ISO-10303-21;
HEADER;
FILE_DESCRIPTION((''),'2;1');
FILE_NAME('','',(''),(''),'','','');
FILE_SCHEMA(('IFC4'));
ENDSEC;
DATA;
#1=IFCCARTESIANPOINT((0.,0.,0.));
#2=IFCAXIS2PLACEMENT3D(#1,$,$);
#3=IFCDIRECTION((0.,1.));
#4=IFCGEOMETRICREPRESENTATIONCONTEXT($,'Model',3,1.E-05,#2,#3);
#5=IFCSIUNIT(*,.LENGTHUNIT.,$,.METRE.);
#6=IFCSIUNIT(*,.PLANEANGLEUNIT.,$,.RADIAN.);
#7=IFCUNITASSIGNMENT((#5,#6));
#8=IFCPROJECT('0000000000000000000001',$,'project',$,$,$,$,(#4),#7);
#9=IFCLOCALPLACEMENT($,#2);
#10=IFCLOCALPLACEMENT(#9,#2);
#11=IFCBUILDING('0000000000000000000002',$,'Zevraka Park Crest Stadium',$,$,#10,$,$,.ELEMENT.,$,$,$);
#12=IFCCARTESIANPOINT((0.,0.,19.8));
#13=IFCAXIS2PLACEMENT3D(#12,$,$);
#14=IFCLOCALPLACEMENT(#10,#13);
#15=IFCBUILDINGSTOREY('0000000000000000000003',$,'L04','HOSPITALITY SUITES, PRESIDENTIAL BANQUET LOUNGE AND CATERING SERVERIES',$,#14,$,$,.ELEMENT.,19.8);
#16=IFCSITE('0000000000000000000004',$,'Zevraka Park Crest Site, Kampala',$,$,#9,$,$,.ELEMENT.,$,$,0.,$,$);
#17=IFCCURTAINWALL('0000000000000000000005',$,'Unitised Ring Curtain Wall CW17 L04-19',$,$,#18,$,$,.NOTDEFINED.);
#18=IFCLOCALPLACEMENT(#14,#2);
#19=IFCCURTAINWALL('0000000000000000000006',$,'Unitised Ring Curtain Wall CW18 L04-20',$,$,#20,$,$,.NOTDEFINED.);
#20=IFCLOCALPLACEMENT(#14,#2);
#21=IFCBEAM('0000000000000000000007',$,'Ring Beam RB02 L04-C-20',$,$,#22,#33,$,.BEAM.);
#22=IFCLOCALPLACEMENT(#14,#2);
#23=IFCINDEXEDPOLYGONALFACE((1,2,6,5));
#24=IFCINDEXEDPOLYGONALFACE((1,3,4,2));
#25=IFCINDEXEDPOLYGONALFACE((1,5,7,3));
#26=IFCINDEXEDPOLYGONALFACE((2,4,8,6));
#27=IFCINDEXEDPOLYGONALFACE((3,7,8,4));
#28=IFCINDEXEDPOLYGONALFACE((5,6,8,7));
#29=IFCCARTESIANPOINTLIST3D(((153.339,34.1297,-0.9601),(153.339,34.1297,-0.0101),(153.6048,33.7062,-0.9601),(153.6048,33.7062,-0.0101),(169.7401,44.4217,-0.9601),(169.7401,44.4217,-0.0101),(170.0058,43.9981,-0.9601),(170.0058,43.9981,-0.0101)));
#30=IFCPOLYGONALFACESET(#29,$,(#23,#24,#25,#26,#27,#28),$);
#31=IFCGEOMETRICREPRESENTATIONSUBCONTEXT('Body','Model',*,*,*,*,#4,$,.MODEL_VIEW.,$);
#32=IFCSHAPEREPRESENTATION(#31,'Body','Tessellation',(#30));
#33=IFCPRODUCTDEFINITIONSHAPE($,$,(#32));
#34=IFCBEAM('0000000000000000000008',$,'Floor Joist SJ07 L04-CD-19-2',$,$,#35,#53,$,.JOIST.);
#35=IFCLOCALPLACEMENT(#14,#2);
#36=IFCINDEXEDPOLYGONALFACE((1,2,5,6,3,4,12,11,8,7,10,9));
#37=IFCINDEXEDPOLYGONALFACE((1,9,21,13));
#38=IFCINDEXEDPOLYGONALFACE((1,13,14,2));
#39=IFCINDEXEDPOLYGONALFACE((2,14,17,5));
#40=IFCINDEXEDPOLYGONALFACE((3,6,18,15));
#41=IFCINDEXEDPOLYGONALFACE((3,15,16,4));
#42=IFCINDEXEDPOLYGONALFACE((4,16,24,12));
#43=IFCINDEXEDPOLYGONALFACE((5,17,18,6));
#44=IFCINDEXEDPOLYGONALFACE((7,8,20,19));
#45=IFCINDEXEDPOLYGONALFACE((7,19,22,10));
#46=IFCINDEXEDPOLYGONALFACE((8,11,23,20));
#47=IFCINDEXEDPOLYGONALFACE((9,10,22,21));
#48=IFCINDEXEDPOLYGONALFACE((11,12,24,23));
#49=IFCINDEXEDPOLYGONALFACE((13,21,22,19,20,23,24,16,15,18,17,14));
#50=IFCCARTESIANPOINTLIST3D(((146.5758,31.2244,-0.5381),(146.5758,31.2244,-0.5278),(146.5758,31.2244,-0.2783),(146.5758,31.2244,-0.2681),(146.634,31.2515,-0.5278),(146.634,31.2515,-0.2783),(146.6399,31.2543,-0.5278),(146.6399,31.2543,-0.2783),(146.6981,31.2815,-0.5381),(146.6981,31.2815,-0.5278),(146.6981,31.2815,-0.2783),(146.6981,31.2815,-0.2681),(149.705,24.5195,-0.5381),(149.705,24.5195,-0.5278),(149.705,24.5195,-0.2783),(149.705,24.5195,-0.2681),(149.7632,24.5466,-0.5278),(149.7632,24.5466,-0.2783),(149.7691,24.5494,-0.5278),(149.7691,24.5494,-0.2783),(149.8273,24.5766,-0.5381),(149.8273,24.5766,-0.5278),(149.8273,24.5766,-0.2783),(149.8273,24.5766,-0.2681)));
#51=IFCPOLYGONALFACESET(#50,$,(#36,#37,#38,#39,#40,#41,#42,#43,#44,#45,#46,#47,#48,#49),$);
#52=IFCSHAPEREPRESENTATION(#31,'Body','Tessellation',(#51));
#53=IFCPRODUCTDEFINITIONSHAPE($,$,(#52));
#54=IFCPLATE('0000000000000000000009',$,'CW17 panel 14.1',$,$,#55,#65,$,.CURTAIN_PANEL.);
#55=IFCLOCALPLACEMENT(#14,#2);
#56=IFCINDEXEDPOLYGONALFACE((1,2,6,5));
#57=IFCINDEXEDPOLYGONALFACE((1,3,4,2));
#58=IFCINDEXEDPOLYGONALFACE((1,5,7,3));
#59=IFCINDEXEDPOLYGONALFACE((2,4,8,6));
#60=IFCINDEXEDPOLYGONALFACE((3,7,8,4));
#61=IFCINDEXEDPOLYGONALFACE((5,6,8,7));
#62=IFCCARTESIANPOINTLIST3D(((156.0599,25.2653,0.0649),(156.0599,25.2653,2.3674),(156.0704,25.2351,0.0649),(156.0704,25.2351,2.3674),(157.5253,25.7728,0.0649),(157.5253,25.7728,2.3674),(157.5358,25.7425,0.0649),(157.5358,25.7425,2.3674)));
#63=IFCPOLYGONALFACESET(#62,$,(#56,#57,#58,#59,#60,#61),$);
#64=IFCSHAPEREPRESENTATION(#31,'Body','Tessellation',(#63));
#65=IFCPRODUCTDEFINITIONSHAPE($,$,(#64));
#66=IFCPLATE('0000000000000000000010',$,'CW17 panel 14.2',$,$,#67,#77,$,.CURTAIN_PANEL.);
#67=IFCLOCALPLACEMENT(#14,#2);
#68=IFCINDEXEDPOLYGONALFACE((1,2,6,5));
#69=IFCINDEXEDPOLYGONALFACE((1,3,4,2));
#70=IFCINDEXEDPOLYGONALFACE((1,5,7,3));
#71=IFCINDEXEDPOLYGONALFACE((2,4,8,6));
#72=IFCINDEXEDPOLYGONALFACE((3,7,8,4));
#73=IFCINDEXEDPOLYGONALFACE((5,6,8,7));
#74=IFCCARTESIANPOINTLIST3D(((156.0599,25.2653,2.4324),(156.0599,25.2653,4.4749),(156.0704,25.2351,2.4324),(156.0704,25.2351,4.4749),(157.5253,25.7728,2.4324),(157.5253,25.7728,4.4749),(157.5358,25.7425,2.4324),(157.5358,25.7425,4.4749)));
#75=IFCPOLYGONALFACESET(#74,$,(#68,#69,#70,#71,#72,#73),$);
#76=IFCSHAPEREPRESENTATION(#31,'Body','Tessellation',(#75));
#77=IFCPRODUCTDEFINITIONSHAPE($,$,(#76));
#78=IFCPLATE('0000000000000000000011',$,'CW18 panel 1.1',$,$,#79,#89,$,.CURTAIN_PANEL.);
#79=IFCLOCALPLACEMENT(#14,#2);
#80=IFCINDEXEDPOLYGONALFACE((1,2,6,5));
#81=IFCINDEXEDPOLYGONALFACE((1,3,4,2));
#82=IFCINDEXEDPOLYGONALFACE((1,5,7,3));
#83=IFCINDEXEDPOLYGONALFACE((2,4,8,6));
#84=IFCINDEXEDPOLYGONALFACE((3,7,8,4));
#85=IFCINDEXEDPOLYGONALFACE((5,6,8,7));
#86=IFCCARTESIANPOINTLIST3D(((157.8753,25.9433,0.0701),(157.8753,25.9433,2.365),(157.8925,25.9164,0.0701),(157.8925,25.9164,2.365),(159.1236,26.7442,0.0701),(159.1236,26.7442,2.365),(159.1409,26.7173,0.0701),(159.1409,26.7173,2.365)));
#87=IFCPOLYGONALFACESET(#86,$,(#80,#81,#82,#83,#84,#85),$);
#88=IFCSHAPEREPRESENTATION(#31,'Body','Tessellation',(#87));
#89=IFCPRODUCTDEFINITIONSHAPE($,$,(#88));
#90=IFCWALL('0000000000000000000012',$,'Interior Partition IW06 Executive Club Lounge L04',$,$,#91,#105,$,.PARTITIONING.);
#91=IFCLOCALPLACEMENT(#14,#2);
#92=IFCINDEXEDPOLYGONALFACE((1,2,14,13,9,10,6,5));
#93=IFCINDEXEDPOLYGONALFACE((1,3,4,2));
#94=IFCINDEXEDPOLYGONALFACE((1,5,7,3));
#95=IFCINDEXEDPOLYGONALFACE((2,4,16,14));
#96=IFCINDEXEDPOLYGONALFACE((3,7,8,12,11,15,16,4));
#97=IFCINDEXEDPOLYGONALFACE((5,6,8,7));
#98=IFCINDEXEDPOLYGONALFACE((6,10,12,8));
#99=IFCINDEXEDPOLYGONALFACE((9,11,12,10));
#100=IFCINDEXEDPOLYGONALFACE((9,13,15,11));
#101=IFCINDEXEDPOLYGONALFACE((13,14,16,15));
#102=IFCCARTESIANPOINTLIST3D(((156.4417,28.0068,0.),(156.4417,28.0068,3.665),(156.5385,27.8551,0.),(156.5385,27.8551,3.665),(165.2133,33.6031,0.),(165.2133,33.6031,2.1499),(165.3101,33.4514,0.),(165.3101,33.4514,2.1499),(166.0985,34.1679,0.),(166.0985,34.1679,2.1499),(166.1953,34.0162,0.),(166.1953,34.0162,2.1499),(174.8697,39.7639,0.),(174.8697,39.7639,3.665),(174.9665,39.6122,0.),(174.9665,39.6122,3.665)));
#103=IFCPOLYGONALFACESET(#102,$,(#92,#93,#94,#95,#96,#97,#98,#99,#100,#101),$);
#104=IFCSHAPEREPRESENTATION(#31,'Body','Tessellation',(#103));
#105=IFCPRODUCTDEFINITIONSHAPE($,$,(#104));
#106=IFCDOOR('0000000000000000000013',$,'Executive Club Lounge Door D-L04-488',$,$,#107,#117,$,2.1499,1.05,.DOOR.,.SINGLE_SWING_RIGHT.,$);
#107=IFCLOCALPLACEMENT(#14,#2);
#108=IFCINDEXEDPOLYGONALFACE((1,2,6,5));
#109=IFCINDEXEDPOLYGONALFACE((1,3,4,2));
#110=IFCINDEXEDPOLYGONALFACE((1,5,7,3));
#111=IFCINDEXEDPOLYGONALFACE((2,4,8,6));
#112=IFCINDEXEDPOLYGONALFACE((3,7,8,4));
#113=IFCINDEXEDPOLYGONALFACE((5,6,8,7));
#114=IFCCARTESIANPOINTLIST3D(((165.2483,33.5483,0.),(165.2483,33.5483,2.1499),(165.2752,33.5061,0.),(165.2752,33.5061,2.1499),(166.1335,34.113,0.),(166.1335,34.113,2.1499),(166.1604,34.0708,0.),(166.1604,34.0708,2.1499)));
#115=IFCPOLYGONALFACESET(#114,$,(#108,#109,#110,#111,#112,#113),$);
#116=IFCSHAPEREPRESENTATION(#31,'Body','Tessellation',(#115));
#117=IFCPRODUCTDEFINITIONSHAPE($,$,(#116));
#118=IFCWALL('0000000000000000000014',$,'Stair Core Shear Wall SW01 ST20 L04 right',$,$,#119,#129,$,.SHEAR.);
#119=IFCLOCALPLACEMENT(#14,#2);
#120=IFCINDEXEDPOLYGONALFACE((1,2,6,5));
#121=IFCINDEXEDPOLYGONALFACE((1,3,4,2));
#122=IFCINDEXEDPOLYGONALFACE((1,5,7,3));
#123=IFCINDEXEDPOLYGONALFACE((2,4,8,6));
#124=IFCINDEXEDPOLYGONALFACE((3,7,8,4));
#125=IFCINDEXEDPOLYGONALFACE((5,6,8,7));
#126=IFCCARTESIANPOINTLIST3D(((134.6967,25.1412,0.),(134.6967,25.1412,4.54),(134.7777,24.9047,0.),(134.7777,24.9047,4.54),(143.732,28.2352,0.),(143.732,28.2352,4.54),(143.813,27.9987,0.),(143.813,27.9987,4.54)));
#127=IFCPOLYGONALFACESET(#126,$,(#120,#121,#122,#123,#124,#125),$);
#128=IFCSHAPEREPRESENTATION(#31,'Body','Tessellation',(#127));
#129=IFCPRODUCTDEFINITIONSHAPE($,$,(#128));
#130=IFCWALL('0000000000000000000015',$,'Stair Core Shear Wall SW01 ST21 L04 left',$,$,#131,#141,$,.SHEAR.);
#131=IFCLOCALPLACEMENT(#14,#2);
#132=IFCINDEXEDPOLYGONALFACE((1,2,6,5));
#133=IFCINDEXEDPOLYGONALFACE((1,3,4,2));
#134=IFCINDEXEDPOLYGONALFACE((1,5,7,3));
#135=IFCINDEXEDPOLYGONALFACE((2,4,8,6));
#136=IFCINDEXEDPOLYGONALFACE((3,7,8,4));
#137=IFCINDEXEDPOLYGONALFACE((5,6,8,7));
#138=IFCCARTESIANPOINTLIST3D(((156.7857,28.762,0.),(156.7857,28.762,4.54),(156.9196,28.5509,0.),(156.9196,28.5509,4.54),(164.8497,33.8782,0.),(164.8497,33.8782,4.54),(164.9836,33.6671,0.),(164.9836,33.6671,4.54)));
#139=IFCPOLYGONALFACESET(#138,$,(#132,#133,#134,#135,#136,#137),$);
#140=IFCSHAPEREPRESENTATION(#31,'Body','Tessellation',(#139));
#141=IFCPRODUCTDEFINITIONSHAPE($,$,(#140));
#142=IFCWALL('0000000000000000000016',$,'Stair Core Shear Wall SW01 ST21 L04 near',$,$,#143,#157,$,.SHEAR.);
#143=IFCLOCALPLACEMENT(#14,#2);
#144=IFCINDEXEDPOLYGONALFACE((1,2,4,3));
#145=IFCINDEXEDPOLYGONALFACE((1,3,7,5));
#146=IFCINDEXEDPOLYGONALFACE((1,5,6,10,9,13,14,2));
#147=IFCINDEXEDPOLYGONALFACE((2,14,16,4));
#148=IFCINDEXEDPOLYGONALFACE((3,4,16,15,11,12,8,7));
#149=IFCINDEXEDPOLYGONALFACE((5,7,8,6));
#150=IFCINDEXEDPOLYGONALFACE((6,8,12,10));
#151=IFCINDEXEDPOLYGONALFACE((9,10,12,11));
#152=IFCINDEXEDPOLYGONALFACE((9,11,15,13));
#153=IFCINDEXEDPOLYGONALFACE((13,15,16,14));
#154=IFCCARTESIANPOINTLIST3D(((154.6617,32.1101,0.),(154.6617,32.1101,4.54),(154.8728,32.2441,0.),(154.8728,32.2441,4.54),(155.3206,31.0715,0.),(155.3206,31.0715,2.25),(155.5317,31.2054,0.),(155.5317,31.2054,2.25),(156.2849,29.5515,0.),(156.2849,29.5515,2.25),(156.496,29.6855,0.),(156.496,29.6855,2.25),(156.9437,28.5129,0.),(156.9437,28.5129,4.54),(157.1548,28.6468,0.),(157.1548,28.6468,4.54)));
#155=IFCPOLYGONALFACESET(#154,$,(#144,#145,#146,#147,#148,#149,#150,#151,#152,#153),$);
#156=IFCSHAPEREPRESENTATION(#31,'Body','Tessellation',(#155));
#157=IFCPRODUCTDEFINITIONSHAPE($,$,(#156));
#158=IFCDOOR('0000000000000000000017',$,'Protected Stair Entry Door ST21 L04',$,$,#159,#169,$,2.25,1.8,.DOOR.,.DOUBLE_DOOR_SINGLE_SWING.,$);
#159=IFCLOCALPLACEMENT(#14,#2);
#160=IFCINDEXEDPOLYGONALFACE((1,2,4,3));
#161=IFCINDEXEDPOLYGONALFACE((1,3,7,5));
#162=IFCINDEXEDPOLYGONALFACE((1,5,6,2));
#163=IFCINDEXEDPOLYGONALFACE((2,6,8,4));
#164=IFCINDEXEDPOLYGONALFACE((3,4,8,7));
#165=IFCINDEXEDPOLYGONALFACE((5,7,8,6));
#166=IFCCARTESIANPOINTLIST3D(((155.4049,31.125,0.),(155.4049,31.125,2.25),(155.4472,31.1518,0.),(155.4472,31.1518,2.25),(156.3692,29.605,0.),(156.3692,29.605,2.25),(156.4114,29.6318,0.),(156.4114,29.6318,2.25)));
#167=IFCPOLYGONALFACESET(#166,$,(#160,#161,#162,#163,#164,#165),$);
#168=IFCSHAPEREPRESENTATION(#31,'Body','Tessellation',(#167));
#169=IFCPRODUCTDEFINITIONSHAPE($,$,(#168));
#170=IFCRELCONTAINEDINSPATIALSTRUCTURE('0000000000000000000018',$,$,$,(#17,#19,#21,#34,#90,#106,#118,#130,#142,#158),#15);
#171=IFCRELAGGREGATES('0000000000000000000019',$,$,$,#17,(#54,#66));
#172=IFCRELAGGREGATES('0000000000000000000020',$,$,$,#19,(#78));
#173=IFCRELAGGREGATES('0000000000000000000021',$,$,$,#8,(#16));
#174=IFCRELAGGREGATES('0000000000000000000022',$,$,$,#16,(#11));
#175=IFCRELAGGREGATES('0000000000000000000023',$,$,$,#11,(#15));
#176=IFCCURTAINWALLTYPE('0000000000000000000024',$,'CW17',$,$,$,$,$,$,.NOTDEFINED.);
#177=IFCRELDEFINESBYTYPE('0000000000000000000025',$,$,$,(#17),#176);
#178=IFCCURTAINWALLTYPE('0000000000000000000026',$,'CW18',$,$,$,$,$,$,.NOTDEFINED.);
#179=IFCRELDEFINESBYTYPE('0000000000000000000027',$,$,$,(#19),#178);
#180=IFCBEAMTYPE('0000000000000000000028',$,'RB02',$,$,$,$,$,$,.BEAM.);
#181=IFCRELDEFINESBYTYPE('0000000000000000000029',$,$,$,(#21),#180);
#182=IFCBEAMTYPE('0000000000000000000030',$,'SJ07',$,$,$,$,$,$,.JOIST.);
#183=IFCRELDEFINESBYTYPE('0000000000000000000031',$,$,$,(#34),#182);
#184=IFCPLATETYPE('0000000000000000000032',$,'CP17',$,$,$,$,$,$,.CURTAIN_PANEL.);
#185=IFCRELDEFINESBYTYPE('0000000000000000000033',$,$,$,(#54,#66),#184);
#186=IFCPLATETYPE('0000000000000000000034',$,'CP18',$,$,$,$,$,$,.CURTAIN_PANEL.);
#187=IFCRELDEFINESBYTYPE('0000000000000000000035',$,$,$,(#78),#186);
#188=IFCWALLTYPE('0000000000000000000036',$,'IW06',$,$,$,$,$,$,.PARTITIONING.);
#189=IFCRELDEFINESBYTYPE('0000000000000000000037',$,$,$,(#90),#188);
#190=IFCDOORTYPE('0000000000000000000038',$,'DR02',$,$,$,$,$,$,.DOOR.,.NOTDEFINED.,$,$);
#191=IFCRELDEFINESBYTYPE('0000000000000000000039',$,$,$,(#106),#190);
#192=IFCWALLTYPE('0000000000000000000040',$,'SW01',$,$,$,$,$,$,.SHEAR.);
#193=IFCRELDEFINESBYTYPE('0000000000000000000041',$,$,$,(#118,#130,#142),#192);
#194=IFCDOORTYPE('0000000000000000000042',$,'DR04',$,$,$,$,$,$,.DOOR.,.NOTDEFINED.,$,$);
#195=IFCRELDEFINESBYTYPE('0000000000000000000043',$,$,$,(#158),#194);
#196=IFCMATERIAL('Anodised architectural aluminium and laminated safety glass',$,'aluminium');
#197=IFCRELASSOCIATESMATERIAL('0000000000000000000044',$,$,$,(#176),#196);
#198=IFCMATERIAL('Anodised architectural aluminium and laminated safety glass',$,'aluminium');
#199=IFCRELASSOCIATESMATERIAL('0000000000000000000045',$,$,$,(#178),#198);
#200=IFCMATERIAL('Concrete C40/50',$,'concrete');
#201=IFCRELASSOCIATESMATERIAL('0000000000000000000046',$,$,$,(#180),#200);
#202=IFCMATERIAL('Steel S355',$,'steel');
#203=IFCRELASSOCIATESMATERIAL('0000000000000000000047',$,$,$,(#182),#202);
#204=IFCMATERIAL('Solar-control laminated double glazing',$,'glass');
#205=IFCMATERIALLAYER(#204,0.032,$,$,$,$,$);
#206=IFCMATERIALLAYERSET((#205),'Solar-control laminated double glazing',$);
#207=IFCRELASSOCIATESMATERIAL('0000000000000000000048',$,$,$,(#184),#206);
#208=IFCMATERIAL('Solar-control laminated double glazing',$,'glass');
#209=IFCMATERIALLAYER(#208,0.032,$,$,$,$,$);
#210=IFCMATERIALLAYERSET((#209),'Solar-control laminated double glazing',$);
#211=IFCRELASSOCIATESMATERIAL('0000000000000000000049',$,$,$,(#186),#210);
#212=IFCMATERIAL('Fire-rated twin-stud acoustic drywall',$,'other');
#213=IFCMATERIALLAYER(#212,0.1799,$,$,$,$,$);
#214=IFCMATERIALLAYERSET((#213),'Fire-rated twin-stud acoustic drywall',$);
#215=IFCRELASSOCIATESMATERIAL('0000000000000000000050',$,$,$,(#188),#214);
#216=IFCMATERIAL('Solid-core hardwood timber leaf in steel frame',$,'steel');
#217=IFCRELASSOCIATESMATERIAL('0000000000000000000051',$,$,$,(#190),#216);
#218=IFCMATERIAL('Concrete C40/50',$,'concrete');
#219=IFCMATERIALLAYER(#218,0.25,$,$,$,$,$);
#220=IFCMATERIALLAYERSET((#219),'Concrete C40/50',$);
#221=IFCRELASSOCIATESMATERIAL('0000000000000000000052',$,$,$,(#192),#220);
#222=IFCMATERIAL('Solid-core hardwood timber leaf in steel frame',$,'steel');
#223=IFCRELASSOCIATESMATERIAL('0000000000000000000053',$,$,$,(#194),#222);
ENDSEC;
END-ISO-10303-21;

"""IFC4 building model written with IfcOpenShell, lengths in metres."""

from ifc_helpers import new_model, si_unit, direction, frame, frame_2d, origin, origin_2d, place, context, subcontext, project, spatial, rectangle, i_section, extrude, material, layer, layer_set, material_profile, profile_set, type_object, element, fill, aggregate, save


model = new_model("IFC4")

# Units and contexts
model_context = context("Model", 3, precision=1e-05, world=origin(), true_north=direction((0.0, 1.0)))
body_context = subcontext(model_context, "Body", "Model", "MODEL_VIEW")
ifc_project = project(units=[si_unit("LENGTHUNIT", "METRE"), si_unit("PLANEANGLEUNIT", "RADIAN")], contexts=[model_context])

# Site, building, storey
site_placement = place(None, origin())
site = spatial("IfcSite", under=ifc_project, at=site_placement, Name="Zevraka Park Crest Site, Kampala", CompositionType="ELEMENT", RefElevation=0.0)
building_placement = place(site_placement, origin())
building = spatial("IfcBuilding", under=site, at=building_placement, Name="Zevraka Park Crest Stadium", CompositionType="ELEMENT")
storey_placement = place(building_placement, frame((0.0, 0.0, 19.8)))
storey = spatial("IfcBuildingStorey", under=building, at=storey_placement, Name="L04", Description="HOSPITALITY SUITES, PRESIDENTIAL BANQUET LOUNGE AND CATERING SERVERIES", CompositionType="ELEMENT", Elevation=19.8)

# Curtain wall
ifc_material_1 = material(Name="Anodised architectural aluminium and laminated safety glass", Category="aluminium")
curtain_wall_type_1 = type_object("IfcCurtainWallType", Name="CW17", PredefinedType="NOTDEFINED", material=ifc_material_1)
curtain_wall_1_placement = place(storey_placement, origin())
curtain_wall_1 = element("IfcCurtainWall", 1, at=curtain_wall_1_placement, inside=storey, type_object=curtain_wall_type_1, Name="Unitised Ring Curtain Wall CW17 L04-19", PredefinedType="NOTDEFINED")

# Curtain wall
ifc_material_2 = material(Name="Anodised architectural aluminium and laminated safety glass", Category="aluminium")
curtain_wall_type_2 = type_object("IfcCurtainWallType", Name="CW18", PredefinedType="NOTDEFINED", material=ifc_material_2)
curtain_wall_2_placement = place(storey_placement, origin())
curtain_wall_2 = element("IfcCurtainWall", 2, at=curtain_wall_2_placement, inside=storey, type_object=curtain_wall_type_2, Name="Unitised Ring Curtain Wall CW18 L04-20", PredefinedType="NOTDEFINED")

# Beams
ifc_material_3 = material(Name="Concrete C40/50", Category="concrete")
ifc_material_profile_1 = material_profile(ifc_material_3, rectangle(XDim=0.5, YDim=0.95, at=origin_2d()), Name="RC 950x500")
ifc_profile_set_1 = profile_set([ifc_material_profile_1], Name="Concrete C40/50")
beam_type_1 = type_object("IfcBeamType", Name="RB02", PredefinedType="BEAM", material=ifc_profile_set_1)
beam_1_placement = place(storey_placement, frame((153.4719, 33.918, -0.4851), z_axis=(0.847039, 0.531532, 0.0), x_axis=(-0.531532, 0.847039, 0.0)))
element("IfcBeam", 3, at=beam_1_placement, inside=storey, type_object=beam_type_1, Name="Ring Beam RB02 L04-C-20", PredefinedType="BEAM", context=body_context, shape_type="SweptSolid", body=[
    extrude(rectangle(XDim=0.5, YDim=0.95, at=origin_2d()), origin(), (0.0, 0.0, 1.0), 19.3628),
])
ifc_material_4 = material(Name="Steel S355", Category="steel")
ifc_material_profile_2 = material_profile(ifc_material_4, i_section(OverallWidth=0.135, OverallDepth=0.27, WebThickness=0.0066, FlangeThickness=0.0103, at=origin_2d()), Name="IPE 270")
ifc_profile_set_2 = profile_set([ifc_material_profile_2], Name="Steel S355")
beam_type_2 = type_object("IfcBeamType", Name="SJ07", PredefinedType="JOIST", material=ifc_profile_set_2)
beam_2_placement = place(storey_placement, frame((146.637, 31.2529, -0.4031), z_axis=(0.422911, -0.906171, 0.0), x_axis=(0.906171, 0.422911, 0.0)))
element("IfcBeam", 4, at=beam_2_placement, inside=storey, type_object=beam_type_2, Name="Floor Joist SJ07 L04-CD-19-2", PredefinedType="JOIST", context=body_context, shape_type="SweptSolid", body=[
    extrude(i_section(OverallWidth=0.135, OverallDepth=0.27, WebThickness=0.0066, FlangeThickness=0.0103, at=origin_2d()), origin(), (0.0, 0.0, 1.0), 7.3992),
])

# Plates
ifc_material_5 = material(Name="Solar-control laminated double glazing", Category="glass")
ifc_layer_1 = layer(ifc_material_5, 0.032)
ifc_layer_set_1 = layer_set([ifc_layer_1], Name="Solar-control laminated double glazing")
plate_type_1 = type_object("IfcPlateType", Name="CP17", PredefinedType="CURTAIN_PANEL", material=ifc_layer_set_1)
plate_1_placement = place(storey_placement, frame((156.7979, 25.5039, 0.0649), z_axis=(0.0, 0.0, 1.0), x_axis=(0.94494, 0.327245, 0.0)))
plate_1 = element("IfcPlate", 5, at=plate_1_placement, type_object=plate_type_1, Name="CW17 panel 14.1", PredefinedType="CURTAIN_PANEL", context=body_context, shape_type="SweptSolid", body=[
    extrude(rectangle(XDim=1.5508, YDim=0.032, at=origin_2d()), origin(), (0.0, 0.0, 1.0), 2.3025),
])
plate_2_placement = place(storey_placement, frame((156.7979, 25.5039, 2.4324), z_axis=(0.0, 0.0, 1.0), x_axis=(0.94494, 0.327245, 0.0)))
plate_2 = element("IfcPlate", 6, at=plate_2_placement, type_object=plate_type_1, Name="CW17 panel 14.2", PredefinedType="CURTAIN_PANEL", context=body_context, shape_type="SweptSolid", body=[
    extrude(rectangle(XDim=1.5508, YDim=0.032, at=origin_2d()), origin(), (0.0, 0.0, 1.0), 2.0425),
])
aggregate(curtain_wall_1, [plate_1, plate_2])
ifc_material_6 = material(Name="Solar-control laminated double glazing", Category="glass")
ifc_layer_2 = layer(ifc_material_6, 0.032)
ifc_layer_set_2 = layer_set([ifc_layer_2], Name="Solar-control laminated double glazing")
plate_type_2 = type_object("IfcPlateType", Name="CP18", PredefinedType="CURTAIN_PANEL", material=ifc_layer_set_2)
plate_3_placement = place(storey_placement, frame((158.5081, 26.3303, 0.0701), z_axis=(0.0, 0.0, 1.0), x_axis=(0.841678, 0.53998, 0.0)))
plate_3 = element("IfcPlate", 7, at=plate_3_placement, type_object=plate_type_2, Name="CW18 panel 1.1", PredefinedType="CURTAIN_PANEL", context=body_context, shape_type="SweptSolid", body=[
    extrude(rectangle(XDim=1.4832, YDim=0.032, at=origin_2d()), origin(), (0.0, 0.0, 1.0), 2.2949),
])
aggregate(curtain_wall_2, [plate_3])

# Wall, opening, door
ifc_material_7 = material(Name="Fire-rated twin-stud acoustic drywall", Category="other")
ifc_layer_3 = layer(ifc_material_7, 0.1799)
ifc_layer_set_3 = layer_set([ifc_layer_3], Name="Fire-rated twin-stud acoustic drywall")
wall_type_1 = type_object("IfcWallType", Name="IW06", PredefinedType="PARTITIONING", material=ifc_layer_set_3)
wall_1_placement = place(storey_placement, frame((156.49, 27.9309, 0.0), z_axis=(0.0, 0.0, 1.0), x_axis=(0.843035, 0.537858, 0.0)))
wall_1 = element("IfcWall", 8, at=wall_1_placement, inside=storey, type_object=wall_type_1, Name="Interior Partition IW06 Executive Club Lounge L04", PredefinedType="PARTITIONING", context=body_context, shape_type="SweptSolid", body=[
    extrude(rectangle(XDim=21.8591, YDim=0.1799, at=frame_2d((10.9297, 0.0))), origin(), (0.0, 0.0, 1.0), 3.665),
])
opening_1_placement = place(wall_1_placement, frame((10.405, 0.0, 0.0)))
opening_1 = element("IfcOpeningElement", 9, at=opening_1_placement, cuts=wall_1, PredefinedType="OPENING", context=body_context, shape_type="SweptSolid", body=[
    extrude(rectangle(XDim=1.05, YDim=2.1499, at=frame_2d((0.5249, 1.075))), frame((0.0, 0.0999, 0.0), z_axis=(0.0, -1.0, 0.0), x_axis=(1.0, 0.0, 0.0)), (0.0, 0.0, 1.0), 0.2),
])
ifc_material_8 = material(Name="Solid-core hardwood timber leaf in steel frame", Category="steel")
door_type_1 = type_object("IfcDoorType", Name="DR02", OperationType="NOTDEFINED", PredefinedType="DOOR", material=ifc_material_8)
door_1_placement = place(opening_1_placement, origin())
door_1 = element("IfcDoor", 10, at=door_1_placement, inside=storey, type_object=door_type_1, Name="Executive Club Lounge Door D-L04-488", OperationType="SINGLE_SWING_RIGHT", OverallHeight=2.1499, OverallWidth=1.05, PredefinedType="DOOR", context=body_context, shape_type="SweptSolid", body=[
    extrude(rectangle(XDim=1.05, YDim=2.1499, at=frame_2d((0.5249, 1.075))), frame((0.0, 0.0249, 0.0), z_axis=(0.0, -1.0, 0.0), x_axis=(1.0, 0.0, 0.0)), (0.0, 0.0, 1.0), 0.05),
])
fill(opening_1, door_1)

# Walls
ifc_material_9 = material(Name="Concrete C40/50", Category="concrete")
ifc_layer_4 = layer(ifc_material_9, 0.25)
ifc_layer_set_4 = layer_set([ifc_layer_4], Name="Concrete C40/50")
wall_type_2 = type_object("IfcWallType", Name="SW01", PredefinedType="SHEAR", material=ifc_layer_set_4)
wall_2_placement = place(storey_placement, frame((143.7725, 28.1169, 0.0), z_axis=(0.0, 0.0, 1.0), x_axis=(-0.946067, -0.323971, 0.0)))
element("IfcWall", 11, at=wall_2_placement, inside=storey, type_object=wall_type_2, Name="Stair Core Shear Wall SW01 ST20 L04 right", PredefinedType="SHEAR", context=body_context, shape_type="SweptSolid", body=[
    extrude(rectangle(XDim=9.5503, YDim=0.25, at=frame_2d((4.7751, 0.0))), origin(), (0.0, 0.0, 1.0), 4.54),
])
wall_3_placement = place(storey_placement, frame((156.8528, 28.6565, 0.0), z_axis=(0.0, 0.0, 1.0), x_axis=(0.844391, 0.535727, 0.0)))
element("IfcWall", 12, at=wall_3_placement, inside=storey, type_object=wall_type_2, Name="Stair Core Shear Wall SW01 ST21 L04 left", PredefinedType="SHEAR", context=body_context, shape_type="SweptSolid", body=[
    extrude(rectangle(XDim=9.55, YDim=0.25, at=frame_2d((4.7749, 0.0))), origin(), (0.0, 0.0, 1.0), 4.54),
])

# Wall, opening, door
wall_4_placement = place(storey_placement, frame((154.7673, 32.177, 0.0), z_axis=(0.0, 0.0, 1.0), x_axis=(0.535685, -0.844418, 0.0)))
wall_4 = element("IfcWall", 13, at=wall_4_placement, inside=storey, type_object=wall_type_2, Name="Stair Core Shear Wall SW01 ST21 L04 near", PredefinedType="SHEAR", context=body_context, shape_type="SweptSolid", body=[
    extrude(rectangle(XDim=4.26, YDim=0.25, at=frame_2d((2.1299, 0.0))), origin(), (0.0, 0.0, 1.0), 4.54),
])
opening_2_placement = place(wall_4_placement, frame((1.23, 0.0, 0.0)))
opening_2 = element("IfcOpeningElement", 14, at=opening_2_placement, cuts=wall_4, PredefinedType="OPENING", context=body_context, shape_type="SweptSolid", body=[
    extrude(rectangle(XDim=1.8, YDim=2.25, at=frame_2d((0.8999, 1.125))), frame((0.0, 0.135, 0.0), z_axis=(0.0, -1.0, 0.0), x_axis=(1.0, 0.0, 0.0)), (0.0, 0.0, 1.0), 0.27),
])
ifc_material_10 = material(Name="Solid-core hardwood timber leaf in steel frame", Category="steel")
door_type_2 = type_object("IfcDoorType", Name="DR04", OperationType="NOTDEFINED", PredefinedType="DOOR", material=ifc_material_10)
door_2_placement = place(opening_2_placement, origin())
door_2 = element("IfcDoor", 15, at=door_2_placement, inside=storey, type_object=door_type_2, Name="Protected Stair Entry Door ST21 L04", OperationType="DOUBLE_DOOR_SINGLE_SWING", OverallHeight=2.25, OverallWidth=1.8, PredefinedType="DOOR", context=body_context, shape_type="SweptSolid", body=[
    extrude(rectangle(XDim=1.8, YDim=2.25, at=frame_2d((0.8999, 1.125))), frame((0.0, 0.0249, 0.0), z_axis=(0.0, -1.0, 0.0), x_axis=(1.0, 0.0, 0.0)), (0.0, 0.0, 1.0), 0.05),
])
fill(opening_2, door_2)

save(model, "model.ifc")
